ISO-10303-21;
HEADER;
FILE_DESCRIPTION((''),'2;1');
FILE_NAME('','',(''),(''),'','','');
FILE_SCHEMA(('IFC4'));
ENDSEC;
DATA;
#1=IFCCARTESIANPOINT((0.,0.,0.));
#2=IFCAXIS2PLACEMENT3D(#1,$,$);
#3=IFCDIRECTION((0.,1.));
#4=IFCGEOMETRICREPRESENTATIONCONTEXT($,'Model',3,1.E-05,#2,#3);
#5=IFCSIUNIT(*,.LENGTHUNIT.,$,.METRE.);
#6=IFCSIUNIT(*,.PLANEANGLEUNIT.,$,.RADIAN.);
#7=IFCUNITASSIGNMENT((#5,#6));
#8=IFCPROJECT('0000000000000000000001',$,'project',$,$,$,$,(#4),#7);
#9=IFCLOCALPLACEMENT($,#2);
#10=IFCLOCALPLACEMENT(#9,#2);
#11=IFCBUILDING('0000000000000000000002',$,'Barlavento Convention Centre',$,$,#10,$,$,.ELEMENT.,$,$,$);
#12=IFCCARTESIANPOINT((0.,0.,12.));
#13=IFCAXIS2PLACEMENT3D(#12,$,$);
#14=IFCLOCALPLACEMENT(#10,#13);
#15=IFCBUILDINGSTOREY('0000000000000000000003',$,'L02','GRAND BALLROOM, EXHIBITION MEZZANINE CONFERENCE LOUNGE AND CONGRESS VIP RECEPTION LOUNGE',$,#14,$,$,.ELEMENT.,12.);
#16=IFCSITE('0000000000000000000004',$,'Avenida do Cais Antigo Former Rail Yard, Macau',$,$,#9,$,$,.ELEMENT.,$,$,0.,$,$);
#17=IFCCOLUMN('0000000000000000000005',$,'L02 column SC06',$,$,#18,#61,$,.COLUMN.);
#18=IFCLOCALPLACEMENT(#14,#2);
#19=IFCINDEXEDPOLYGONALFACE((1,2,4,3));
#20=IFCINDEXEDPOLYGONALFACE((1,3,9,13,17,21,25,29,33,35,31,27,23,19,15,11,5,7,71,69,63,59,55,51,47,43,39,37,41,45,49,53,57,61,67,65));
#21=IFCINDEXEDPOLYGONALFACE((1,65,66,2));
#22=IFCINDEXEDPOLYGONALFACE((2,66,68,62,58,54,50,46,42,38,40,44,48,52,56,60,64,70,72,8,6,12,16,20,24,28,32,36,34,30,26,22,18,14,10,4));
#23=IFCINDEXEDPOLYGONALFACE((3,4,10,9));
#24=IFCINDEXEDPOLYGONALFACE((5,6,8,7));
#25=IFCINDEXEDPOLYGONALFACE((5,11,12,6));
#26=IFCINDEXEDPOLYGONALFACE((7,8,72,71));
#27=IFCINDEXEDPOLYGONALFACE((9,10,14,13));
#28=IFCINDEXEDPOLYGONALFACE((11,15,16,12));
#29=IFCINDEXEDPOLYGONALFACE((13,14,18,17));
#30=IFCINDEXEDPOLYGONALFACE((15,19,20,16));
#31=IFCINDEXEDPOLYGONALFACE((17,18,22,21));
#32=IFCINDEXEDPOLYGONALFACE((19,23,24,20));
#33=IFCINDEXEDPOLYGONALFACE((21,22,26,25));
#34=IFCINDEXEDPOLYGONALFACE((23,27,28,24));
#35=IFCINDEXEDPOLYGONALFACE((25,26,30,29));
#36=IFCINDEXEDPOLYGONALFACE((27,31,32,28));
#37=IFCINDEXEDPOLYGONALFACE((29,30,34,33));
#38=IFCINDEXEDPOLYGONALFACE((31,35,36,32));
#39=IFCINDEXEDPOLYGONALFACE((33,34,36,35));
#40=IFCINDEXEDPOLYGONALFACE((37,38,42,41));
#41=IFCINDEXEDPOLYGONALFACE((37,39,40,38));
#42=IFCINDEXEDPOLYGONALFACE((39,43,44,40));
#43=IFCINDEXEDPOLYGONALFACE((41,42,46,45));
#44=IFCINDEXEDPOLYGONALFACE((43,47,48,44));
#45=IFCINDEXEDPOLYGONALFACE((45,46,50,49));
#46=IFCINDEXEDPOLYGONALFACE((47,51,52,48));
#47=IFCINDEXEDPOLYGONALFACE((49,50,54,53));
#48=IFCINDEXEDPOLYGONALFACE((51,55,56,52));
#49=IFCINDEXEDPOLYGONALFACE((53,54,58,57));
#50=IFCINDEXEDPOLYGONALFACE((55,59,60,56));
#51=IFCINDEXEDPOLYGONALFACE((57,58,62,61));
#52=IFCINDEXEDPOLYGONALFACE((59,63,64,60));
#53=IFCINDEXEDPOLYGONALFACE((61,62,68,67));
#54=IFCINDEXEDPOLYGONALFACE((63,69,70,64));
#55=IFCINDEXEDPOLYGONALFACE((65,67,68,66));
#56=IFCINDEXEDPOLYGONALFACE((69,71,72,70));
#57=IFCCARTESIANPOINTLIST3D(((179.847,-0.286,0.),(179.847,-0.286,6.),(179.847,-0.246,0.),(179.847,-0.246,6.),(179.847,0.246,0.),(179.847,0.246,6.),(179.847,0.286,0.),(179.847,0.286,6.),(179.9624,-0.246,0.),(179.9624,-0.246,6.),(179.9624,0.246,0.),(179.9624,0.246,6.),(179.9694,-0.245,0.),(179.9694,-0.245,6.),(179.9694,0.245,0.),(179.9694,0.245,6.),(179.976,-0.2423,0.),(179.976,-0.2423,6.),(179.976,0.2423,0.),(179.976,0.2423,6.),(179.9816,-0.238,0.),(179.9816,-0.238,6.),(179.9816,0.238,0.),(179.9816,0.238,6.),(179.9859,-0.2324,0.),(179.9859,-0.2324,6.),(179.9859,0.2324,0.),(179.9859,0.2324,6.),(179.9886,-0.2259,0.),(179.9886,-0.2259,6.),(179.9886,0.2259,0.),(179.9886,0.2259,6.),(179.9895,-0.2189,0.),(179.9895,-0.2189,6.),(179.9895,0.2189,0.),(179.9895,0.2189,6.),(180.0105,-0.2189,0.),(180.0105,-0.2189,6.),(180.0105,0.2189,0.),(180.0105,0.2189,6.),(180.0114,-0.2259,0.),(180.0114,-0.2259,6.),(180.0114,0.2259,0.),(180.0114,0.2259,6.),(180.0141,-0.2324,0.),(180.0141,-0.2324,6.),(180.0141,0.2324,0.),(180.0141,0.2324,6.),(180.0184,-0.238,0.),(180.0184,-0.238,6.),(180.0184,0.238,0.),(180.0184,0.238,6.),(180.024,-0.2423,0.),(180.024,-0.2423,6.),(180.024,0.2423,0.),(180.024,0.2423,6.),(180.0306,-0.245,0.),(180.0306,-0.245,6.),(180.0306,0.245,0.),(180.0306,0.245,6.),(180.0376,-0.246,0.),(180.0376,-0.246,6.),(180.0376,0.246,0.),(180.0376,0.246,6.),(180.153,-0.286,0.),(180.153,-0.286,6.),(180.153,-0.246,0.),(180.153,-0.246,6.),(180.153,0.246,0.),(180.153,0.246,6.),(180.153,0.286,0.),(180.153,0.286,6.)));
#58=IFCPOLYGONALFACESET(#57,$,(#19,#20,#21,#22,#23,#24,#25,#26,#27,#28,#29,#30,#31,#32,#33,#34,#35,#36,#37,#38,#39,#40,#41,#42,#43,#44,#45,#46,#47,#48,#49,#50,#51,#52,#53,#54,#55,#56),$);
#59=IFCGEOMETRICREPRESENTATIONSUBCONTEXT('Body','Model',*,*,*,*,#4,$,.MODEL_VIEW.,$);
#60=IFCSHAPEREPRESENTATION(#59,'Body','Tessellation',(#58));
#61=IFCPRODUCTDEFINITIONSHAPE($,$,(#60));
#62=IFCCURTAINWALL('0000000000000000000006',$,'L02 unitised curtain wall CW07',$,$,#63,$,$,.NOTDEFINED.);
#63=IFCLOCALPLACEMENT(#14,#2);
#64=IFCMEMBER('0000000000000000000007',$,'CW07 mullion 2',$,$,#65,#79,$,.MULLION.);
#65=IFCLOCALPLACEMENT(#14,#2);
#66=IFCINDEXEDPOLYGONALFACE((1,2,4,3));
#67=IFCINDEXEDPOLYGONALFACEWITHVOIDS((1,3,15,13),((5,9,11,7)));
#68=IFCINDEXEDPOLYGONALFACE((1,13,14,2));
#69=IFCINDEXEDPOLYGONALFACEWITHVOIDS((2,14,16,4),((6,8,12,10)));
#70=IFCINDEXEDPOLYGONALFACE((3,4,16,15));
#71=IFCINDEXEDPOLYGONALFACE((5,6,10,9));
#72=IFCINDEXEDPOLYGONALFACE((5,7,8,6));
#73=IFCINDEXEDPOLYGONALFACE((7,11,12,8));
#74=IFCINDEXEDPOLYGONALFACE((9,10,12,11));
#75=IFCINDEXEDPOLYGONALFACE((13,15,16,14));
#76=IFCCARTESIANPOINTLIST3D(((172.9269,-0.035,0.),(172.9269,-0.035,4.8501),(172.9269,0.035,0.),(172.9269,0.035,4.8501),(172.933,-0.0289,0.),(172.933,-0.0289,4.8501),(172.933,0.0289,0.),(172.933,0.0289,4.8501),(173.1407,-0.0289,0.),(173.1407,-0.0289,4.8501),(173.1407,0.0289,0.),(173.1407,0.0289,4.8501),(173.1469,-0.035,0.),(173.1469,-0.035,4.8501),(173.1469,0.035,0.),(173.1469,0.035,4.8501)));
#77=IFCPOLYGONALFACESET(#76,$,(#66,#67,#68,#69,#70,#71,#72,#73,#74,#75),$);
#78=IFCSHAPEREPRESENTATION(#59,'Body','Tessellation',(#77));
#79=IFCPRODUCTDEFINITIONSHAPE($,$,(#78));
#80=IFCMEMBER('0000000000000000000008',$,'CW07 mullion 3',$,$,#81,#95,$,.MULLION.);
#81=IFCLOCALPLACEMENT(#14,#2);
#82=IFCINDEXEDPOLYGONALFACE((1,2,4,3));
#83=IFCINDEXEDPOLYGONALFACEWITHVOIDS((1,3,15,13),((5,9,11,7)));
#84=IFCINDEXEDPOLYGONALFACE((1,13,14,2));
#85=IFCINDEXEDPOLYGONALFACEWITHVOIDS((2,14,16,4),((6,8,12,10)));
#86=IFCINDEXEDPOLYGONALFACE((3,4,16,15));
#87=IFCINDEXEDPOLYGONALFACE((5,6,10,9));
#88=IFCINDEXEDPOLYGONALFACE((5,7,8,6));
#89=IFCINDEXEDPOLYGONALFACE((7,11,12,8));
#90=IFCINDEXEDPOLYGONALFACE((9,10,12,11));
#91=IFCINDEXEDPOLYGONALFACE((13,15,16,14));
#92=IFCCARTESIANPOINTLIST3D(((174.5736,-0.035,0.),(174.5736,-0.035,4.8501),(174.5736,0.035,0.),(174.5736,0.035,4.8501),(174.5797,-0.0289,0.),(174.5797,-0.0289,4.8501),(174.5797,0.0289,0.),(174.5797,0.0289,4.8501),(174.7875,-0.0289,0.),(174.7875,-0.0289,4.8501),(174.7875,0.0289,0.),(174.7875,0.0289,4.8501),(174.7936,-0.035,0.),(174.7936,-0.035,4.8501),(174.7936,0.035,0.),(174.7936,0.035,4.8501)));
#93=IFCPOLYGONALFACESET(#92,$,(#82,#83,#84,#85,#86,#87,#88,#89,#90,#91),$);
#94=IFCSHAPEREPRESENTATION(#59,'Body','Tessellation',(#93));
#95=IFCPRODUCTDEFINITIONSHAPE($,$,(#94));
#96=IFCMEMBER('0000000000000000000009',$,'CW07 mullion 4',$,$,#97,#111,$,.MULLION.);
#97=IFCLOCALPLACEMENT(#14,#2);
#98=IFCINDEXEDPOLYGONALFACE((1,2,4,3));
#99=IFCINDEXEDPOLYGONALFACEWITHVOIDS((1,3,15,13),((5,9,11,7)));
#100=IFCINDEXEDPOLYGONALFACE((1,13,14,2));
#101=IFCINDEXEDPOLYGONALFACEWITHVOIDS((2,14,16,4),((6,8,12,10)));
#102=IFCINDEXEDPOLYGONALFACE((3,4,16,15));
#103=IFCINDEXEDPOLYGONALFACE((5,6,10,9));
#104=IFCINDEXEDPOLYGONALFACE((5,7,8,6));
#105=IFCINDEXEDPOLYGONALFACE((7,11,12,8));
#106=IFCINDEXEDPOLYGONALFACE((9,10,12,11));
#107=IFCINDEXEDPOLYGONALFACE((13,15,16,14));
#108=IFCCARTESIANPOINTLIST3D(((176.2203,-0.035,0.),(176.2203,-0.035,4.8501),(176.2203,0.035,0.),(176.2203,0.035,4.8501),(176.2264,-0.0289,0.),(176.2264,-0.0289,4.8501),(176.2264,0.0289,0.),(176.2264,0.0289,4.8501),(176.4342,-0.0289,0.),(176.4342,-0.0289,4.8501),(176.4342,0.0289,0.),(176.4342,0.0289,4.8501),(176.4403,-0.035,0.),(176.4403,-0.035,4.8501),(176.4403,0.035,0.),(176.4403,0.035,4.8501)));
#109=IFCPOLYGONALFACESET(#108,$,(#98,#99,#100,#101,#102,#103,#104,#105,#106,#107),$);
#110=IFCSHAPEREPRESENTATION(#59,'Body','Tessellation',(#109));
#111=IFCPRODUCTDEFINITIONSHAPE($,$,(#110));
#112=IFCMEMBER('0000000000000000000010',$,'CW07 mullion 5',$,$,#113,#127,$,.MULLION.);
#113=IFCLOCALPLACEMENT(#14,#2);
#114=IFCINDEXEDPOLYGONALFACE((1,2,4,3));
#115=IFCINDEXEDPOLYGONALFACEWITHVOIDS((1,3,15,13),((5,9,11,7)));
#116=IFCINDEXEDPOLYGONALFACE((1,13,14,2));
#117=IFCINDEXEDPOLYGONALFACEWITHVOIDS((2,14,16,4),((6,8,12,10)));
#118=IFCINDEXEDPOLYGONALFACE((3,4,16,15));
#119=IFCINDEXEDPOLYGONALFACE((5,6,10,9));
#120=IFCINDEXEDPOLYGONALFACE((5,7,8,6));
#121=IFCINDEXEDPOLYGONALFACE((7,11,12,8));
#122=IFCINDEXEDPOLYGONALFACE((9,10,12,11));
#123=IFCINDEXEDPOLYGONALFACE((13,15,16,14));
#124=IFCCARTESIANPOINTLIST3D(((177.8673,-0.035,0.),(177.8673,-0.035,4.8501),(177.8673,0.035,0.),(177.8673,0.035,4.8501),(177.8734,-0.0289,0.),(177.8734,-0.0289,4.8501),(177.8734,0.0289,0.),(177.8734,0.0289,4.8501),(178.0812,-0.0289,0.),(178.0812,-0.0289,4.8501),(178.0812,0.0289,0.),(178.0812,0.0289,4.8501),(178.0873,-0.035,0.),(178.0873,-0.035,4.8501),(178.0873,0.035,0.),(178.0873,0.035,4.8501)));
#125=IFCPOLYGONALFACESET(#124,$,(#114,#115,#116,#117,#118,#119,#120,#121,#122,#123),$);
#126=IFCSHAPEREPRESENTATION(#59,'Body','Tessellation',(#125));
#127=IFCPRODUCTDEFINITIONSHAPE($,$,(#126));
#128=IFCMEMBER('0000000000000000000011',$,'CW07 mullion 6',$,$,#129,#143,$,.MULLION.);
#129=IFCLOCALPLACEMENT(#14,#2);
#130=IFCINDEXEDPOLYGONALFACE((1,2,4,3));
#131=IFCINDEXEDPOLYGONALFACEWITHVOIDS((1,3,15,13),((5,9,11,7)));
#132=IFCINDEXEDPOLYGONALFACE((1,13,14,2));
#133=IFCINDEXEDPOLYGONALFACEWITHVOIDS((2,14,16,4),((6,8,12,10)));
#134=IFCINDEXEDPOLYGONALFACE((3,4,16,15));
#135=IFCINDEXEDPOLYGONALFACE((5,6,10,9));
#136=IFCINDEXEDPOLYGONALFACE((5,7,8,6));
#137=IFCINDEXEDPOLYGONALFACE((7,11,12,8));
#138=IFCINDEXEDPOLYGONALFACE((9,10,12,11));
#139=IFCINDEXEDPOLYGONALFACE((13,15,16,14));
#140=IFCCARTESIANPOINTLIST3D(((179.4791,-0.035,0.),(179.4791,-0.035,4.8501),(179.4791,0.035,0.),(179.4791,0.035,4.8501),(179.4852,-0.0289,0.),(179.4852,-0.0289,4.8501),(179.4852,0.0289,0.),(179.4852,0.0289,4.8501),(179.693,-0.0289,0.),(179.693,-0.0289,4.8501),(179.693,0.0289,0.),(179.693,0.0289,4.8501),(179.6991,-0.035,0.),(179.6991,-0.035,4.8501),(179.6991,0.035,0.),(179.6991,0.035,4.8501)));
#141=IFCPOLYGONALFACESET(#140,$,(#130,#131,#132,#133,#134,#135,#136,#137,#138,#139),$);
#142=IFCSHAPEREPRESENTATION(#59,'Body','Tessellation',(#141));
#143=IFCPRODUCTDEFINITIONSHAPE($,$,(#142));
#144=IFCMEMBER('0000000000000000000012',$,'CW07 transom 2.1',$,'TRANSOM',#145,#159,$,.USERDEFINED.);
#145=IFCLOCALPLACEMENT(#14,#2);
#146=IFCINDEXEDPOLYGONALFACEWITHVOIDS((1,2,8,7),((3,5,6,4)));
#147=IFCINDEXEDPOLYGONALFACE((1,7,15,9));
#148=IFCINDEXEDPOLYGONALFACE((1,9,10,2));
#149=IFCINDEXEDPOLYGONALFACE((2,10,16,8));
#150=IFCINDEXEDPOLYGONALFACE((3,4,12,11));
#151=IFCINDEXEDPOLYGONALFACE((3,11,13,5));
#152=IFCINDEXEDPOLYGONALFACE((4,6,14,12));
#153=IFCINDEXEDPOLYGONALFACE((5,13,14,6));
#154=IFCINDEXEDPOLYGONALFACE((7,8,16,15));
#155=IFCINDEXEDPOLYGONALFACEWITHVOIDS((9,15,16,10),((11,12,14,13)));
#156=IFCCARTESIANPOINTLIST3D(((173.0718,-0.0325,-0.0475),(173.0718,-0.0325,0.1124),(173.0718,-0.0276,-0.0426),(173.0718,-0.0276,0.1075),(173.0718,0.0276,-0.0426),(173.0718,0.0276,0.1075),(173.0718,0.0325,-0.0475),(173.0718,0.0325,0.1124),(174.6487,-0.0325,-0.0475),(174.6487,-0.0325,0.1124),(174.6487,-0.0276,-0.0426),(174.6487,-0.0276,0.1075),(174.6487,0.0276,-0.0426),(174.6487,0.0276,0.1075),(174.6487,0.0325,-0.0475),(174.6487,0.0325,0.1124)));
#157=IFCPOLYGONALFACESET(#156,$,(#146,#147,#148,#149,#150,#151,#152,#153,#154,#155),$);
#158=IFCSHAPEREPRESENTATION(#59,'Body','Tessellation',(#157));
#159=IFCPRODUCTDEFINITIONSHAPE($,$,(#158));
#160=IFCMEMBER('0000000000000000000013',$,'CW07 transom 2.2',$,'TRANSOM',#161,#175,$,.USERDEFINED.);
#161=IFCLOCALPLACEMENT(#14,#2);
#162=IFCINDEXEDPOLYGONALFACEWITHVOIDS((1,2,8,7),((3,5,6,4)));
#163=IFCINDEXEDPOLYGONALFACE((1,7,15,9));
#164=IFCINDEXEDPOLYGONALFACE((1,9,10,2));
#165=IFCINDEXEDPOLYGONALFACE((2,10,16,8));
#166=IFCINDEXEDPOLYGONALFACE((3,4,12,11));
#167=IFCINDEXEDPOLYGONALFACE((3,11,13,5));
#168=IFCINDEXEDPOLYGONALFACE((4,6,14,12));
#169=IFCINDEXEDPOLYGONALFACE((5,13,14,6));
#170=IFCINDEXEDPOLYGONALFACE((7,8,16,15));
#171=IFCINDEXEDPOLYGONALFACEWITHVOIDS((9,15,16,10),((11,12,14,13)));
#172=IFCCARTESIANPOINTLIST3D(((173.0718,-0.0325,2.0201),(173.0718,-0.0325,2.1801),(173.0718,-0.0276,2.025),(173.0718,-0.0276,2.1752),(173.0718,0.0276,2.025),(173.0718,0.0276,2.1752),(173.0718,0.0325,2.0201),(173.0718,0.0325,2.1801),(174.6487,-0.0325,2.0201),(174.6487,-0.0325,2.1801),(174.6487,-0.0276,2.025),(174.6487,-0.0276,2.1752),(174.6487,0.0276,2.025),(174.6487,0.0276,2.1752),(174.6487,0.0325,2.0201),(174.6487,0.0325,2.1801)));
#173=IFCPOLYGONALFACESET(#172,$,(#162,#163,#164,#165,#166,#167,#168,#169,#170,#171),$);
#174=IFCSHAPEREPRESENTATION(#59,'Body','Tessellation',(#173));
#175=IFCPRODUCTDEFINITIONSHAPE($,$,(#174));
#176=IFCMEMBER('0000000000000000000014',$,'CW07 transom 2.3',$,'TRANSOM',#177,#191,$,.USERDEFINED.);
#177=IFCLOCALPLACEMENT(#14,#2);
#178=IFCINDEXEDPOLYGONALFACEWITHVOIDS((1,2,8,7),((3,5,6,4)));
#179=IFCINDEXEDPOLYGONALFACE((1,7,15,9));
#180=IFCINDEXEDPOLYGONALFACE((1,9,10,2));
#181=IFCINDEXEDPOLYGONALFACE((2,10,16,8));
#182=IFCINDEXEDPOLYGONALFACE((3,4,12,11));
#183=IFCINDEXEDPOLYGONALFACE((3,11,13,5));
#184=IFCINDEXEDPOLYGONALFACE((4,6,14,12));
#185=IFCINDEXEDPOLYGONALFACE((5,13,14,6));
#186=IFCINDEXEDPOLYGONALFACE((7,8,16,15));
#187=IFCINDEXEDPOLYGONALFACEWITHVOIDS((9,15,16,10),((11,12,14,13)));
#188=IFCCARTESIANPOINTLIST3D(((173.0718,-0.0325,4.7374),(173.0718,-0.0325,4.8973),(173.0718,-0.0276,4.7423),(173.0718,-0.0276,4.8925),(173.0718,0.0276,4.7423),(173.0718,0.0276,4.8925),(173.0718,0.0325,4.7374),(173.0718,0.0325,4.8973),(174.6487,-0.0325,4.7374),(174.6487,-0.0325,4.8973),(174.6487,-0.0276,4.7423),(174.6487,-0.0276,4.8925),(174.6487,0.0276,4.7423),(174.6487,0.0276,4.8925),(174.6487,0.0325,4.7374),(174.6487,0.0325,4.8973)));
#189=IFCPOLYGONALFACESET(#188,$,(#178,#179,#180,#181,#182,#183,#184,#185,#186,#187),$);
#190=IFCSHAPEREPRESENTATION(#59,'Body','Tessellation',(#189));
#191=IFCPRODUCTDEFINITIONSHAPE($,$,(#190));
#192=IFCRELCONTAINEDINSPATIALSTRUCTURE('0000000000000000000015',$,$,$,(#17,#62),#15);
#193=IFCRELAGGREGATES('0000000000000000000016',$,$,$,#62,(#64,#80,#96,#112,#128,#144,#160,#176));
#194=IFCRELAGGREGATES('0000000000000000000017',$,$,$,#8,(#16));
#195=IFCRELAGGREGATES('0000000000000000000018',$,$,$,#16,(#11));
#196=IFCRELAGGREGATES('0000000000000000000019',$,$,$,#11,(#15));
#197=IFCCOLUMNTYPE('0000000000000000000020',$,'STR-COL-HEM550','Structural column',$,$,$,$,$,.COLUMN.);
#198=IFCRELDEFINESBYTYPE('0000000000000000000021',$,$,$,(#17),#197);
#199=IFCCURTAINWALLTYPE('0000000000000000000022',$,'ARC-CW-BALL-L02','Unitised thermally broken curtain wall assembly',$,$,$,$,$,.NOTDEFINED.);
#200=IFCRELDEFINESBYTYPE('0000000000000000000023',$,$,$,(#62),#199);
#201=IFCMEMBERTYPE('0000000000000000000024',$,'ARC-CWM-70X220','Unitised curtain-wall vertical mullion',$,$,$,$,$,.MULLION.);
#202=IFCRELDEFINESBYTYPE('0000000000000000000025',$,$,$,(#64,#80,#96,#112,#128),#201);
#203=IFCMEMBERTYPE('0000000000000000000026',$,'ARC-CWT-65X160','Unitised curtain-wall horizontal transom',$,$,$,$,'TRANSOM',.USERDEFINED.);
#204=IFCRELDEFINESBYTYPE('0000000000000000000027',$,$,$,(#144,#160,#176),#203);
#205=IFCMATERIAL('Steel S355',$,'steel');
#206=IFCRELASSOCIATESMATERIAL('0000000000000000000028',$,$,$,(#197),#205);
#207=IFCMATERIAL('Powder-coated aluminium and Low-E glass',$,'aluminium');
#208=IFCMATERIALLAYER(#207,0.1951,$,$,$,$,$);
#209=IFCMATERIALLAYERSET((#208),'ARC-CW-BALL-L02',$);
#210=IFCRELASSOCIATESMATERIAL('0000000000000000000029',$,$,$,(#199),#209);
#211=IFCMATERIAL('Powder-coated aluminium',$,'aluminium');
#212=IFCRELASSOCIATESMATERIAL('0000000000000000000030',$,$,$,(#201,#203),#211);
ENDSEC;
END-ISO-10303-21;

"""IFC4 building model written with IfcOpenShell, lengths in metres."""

from ifc_helpers import new_model, si_unit, direction, frame, origin, origin_2d, place, context, subcontext, project, spatial, hollow_rectangle, i_section, extrude, material, layer, layer_set, material_profile, profile_set, type_object, element, aggregate, save


model = new_model("IFC4")

# Units and contexts
model_context = context("Model", 3, precision=1e-05, world=origin(), true_north=direction((0.0, 1.0)))
body_context = subcontext(model_context, "Body", "Model", "MODEL_VIEW")
ifc_project = project(units=[si_unit("LENGTHUNIT", "METRE"), si_unit("PLANEANGLEUNIT", "RADIAN")], contexts=[model_context])

# Site, building, storey
site_placement = place(None, origin())
site = spatial("IfcSite", under=ifc_project, at=site_placement, Name="Avenida do Cais Antigo Former Rail Yard, Macau", CompositionType="ELEMENT", RefElevation=0.0)
building_placement = place(site_placement, origin())
building = spatial("IfcBuilding", under=site, at=building_placement, Name="Barlavento Convention Centre", CompositionType="ELEMENT")
storey_placement = place(building_placement, frame((0.0, 0.0, 12.0)))
storey = spatial("IfcBuildingStorey", under=building, at=storey_placement, Name="L02", Description="GRAND BALLROOM, EXHIBITION MEZZANINE CONFERENCE LOUNGE AND CONGRESS VIP RECEPTION LOUNGE", CompositionType="ELEMENT", Elevation=12.0)

# Column
ifc_material_1 = material(Name="Steel S355", Category="steel")
ifc_material_profile_1 = material_profile(ifc_material_1, i_section(OverallWidth=0.3059, OverallDepth=0.572, WebThickness=0.021, FlangeThickness=0.04, FilletRadius=0.0271, at=origin_2d()), Name="HEM 550")
ifc_profile_set_1 = profile_set([ifc_material_profile_1], Name="Steel S355")
column_type = type_object("IfcColumnType", Name="STR-COL-HEM550", Description="Structural column", PredefinedType="COLUMN", material=ifc_profile_set_1)
column_placement = place(storey_placement, frame((180.0, 0.0, 0.0), z_axis=(0.0, 0.0, 1.0), x_axis=(1.0, 0.0, 0.0)))
element("IfcColumn", 1, at=column_placement, inside=storey, type_object=column_type, Name="L02 column SC06", PredefinedType="COLUMN", context=body_context, shape_type="SweptSolid", body=[
    extrude(i_section(OverallWidth=0.3059, OverallDepth=0.572, WebThickness=0.021, FlangeThickness=0.04, FilletRadius=0.0271, at=origin_2d()), origin(), (0.0, 0.0, 1.0), 6.0),
])

# Curtain wall, members
ifc_material_2 = material(Name="Powder-coated aluminium and Low-E glass", Category="aluminium")
ifc_layer_1 = layer(ifc_material_2, 0.1951)
ifc_layer_set_1 = layer_set([ifc_layer_1], Name="ARC-CW-BALL-L02")
curtain_wall_type = type_object("IfcCurtainWallType", Name="ARC-CW-BALL-L02", Description="Unitised thermally broken curtain wall assembly", PredefinedType="NOTDEFINED", material=ifc_layer_set_1)
curtain_wall_placement = place(storey_placement, origin())
curtain_wall = element("IfcCurtainWall", 2, at=curtain_wall_placement, inside=storey, type_object=curtain_wall_type, Name="L02 unitised curtain wall CW07", PredefinedType="NOTDEFINED")
ifc_material_3 = material(Name="Powder-coated aluminium", Category="aluminium")
ifc_material_profile_2 = material_profile(ifc_material_3, hollow_rectangle(XDim=0.0701, YDim=0.22, WallThickness=0.0061, at=origin_2d()), Name="AL-MULL 70x220x6")
ifc_profile_set_2 = profile_set([ifc_material_profile_2], Name="Powder-coated aluminium")
member_type_1 = type_object("IfcMemberType", Name="ARC-CWM-70X220", Description="Unitised curtain-wall vertical mullion", PredefinedType="MULLION", material=ifc_profile_set_2)
member_1_placement = place(storey_placement, frame((173.0369, 0.0, 0.0), z_axis=(0.0, 0.0, 1.0), x_axis=(0.0, 1.0, 0.0)))
member_1 = element("IfcMember", 3, at=member_1_placement, type_object=member_type_1, Name="CW07 mullion 2", PredefinedType="MULLION", context=body_context, shape_type="SweptSolid", body=[
    extrude(hollow_rectangle(XDim=0.0701, YDim=0.22, WallThickness=0.0061, at=origin_2d()), origin(), (0.0, 0.0, 1.0), 4.8501),
])
member_2_placement = place(storey_placement, frame((174.6836, 0.0, 0.0), z_axis=(0.0, 0.0, 1.0), x_axis=(0.0, 1.0, 0.0)))
member_2 = element("IfcMember", 4, at=member_2_placement, type_object=member_type_1, Name="CW07 mullion 3", PredefinedType="MULLION", context=body_context, shape_type="SweptSolid", body=[
    extrude(hollow_rectangle(XDim=0.0701, YDim=0.22, WallThickness=0.0061, at=origin_2d()), origin(), (0.0, 0.0, 1.0), 4.8501),
])
member_3_placement = place(storey_placement, frame((176.3303, 0.0, 0.0), z_axis=(0.0, 0.0, 1.0), x_axis=(0.0, 1.0, 0.0)))
member_3 = element("IfcMember", 5, at=member_3_placement, type_object=member_type_1, Name="CW07 mullion 4", PredefinedType="MULLION", context=body_context, shape_type="SweptSolid", body=[
    extrude(hollow_rectangle(XDim=0.0701, YDim=0.22, WallThickness=0.0061, at=origin_2d()), origin(), (0.0, 0.0, 1.0), 4.8501),
])
member_4_placement = place(storey_placement, frame((177.9773, 0.0, 0.0), z_axis=(0.0, 0.0, 1.0), x_axis=(0.0, 1.0, 0.0)))
member_4 = element("IfcMember", 6, at=member_4_placement, type_object=member_type_1, Name="CW07 mullion 5", PredefinedType="MULLION", context=body_context, shape_type="SweptSolid", body=[
    extrude(hollow_rectangle(XDim=0.0701, YDim=0.22, WallThickness=0.0061, at=origin_2d()), origin(), (0.0, 0.0, 1.0), 4.8501),
])
member_5_placement = place(storey_placement, frame((179.5891, 0.0, 0.0), z_axis=(0.0, 0.0, 1.0), x_axis=(0.0, 1.0, 0.0)))
member_5 = element("IfcMember", 7, at=member_5_placement, type_object=member_type_1, Name="CW07 mullion 6", PredefinedType="MULLION", context=body_context, shape_type="SweptSolid", body=[
    extrude(hollow_rectangle(XDim=0.0701, YDim=0.22, WallThickness=0.0061, at=origin_2d()), origin(), (0.0, 0.0, 1.0), 4.8501),
])
ifc_material_profile_3 = material_profile(ifc_material_3, hollow_rectangle(XDim=0.0649, YDim=0.1599, WallThickness=0.0049, at=origin_2d()), Name="AL-TRAN 65x160x5")
ifc_profile_set_3 = profile_set([ifc_material_profile_3], Name="Powder-coated aluminium")
member_type_2 = type_object("IfcMemberType", Name="ARC-CWT-65X160", Description="Unitised curtain-wall horizontal transom", ElementType="TRANSOM", PredefinedType="USERDEFINED", material=ifc_profile_set_3)
member_6_placement = place(storey_placement, frame((173.0718, 0.0, 0.0325), z_axis=(1.0, 0.0, 0.0), x_axis=(0.0, 1.0, 0.0)))
member_6 = element("IfcMember", 8, at=member_6_placement, type_object=member_type_2, Name="CW07 transom 2.1", ObjectType="TRANSOM", PredefinedType="USERDEFINED", context=body_context, shape_type="SweptSolid", body=[
    extrude(hollow_rectangle(XDim=0.0649, YDim=0.1599, WallThickness=0.0049, at=origin_2d()), origin(), (0.0, 0.0, 1.0), 1.5769),
])
member_7_placement = place(storey_placement, frame((173.0718, 0.0, 2.1001), z_axis=(1.0, 0.0, 0.0), x_axis=(0.0, 1.0, 0.0)))
member_7 = element("IfcMember", 9, at=member_7_placement, type_object=member_type_2, Name="CW07 transom 2.2", ObjectType="TRANSOM", PredefinedType="USERDEFINED", context=body_context, shape_type="SweptSolid", body=[
    extrude(hollow_rectangle(XDim=0.0649, YDim=0.1599, WallThickness=0.0049, at=origin_2d()), origin(), (0.0, 0.0, 1.0), 1.5769),
])
member_8_placement = place(storey_placement, frame((173.0718, 0.0, 4.8174), z_axis=(1.0, 0.0, 0.0), x_axis=(0.0, 1.0, 0.0)))
member_8 = element("IfcMember", 10, at=member_8_placement, type_object=member_type_2, Name="CW07 transom 2.3", ObjectType="TRANSOM", PredefinedType="USERDEFINED", context=body_context, shape_type="SweptSolid", body=[
    extrude(hollow_rectangle(XDim=0.0649, YDim=0.1599, WallThickness=0.0049, at=origin_2d()), origin(), (0.0, 0.0, 1.0), 1.5769),
])
aggregate(curtain_wall, [member_1, member_2, member_3, member_4, member_5, member_6, member_7, member_8])

save(model, "model.ifc")
